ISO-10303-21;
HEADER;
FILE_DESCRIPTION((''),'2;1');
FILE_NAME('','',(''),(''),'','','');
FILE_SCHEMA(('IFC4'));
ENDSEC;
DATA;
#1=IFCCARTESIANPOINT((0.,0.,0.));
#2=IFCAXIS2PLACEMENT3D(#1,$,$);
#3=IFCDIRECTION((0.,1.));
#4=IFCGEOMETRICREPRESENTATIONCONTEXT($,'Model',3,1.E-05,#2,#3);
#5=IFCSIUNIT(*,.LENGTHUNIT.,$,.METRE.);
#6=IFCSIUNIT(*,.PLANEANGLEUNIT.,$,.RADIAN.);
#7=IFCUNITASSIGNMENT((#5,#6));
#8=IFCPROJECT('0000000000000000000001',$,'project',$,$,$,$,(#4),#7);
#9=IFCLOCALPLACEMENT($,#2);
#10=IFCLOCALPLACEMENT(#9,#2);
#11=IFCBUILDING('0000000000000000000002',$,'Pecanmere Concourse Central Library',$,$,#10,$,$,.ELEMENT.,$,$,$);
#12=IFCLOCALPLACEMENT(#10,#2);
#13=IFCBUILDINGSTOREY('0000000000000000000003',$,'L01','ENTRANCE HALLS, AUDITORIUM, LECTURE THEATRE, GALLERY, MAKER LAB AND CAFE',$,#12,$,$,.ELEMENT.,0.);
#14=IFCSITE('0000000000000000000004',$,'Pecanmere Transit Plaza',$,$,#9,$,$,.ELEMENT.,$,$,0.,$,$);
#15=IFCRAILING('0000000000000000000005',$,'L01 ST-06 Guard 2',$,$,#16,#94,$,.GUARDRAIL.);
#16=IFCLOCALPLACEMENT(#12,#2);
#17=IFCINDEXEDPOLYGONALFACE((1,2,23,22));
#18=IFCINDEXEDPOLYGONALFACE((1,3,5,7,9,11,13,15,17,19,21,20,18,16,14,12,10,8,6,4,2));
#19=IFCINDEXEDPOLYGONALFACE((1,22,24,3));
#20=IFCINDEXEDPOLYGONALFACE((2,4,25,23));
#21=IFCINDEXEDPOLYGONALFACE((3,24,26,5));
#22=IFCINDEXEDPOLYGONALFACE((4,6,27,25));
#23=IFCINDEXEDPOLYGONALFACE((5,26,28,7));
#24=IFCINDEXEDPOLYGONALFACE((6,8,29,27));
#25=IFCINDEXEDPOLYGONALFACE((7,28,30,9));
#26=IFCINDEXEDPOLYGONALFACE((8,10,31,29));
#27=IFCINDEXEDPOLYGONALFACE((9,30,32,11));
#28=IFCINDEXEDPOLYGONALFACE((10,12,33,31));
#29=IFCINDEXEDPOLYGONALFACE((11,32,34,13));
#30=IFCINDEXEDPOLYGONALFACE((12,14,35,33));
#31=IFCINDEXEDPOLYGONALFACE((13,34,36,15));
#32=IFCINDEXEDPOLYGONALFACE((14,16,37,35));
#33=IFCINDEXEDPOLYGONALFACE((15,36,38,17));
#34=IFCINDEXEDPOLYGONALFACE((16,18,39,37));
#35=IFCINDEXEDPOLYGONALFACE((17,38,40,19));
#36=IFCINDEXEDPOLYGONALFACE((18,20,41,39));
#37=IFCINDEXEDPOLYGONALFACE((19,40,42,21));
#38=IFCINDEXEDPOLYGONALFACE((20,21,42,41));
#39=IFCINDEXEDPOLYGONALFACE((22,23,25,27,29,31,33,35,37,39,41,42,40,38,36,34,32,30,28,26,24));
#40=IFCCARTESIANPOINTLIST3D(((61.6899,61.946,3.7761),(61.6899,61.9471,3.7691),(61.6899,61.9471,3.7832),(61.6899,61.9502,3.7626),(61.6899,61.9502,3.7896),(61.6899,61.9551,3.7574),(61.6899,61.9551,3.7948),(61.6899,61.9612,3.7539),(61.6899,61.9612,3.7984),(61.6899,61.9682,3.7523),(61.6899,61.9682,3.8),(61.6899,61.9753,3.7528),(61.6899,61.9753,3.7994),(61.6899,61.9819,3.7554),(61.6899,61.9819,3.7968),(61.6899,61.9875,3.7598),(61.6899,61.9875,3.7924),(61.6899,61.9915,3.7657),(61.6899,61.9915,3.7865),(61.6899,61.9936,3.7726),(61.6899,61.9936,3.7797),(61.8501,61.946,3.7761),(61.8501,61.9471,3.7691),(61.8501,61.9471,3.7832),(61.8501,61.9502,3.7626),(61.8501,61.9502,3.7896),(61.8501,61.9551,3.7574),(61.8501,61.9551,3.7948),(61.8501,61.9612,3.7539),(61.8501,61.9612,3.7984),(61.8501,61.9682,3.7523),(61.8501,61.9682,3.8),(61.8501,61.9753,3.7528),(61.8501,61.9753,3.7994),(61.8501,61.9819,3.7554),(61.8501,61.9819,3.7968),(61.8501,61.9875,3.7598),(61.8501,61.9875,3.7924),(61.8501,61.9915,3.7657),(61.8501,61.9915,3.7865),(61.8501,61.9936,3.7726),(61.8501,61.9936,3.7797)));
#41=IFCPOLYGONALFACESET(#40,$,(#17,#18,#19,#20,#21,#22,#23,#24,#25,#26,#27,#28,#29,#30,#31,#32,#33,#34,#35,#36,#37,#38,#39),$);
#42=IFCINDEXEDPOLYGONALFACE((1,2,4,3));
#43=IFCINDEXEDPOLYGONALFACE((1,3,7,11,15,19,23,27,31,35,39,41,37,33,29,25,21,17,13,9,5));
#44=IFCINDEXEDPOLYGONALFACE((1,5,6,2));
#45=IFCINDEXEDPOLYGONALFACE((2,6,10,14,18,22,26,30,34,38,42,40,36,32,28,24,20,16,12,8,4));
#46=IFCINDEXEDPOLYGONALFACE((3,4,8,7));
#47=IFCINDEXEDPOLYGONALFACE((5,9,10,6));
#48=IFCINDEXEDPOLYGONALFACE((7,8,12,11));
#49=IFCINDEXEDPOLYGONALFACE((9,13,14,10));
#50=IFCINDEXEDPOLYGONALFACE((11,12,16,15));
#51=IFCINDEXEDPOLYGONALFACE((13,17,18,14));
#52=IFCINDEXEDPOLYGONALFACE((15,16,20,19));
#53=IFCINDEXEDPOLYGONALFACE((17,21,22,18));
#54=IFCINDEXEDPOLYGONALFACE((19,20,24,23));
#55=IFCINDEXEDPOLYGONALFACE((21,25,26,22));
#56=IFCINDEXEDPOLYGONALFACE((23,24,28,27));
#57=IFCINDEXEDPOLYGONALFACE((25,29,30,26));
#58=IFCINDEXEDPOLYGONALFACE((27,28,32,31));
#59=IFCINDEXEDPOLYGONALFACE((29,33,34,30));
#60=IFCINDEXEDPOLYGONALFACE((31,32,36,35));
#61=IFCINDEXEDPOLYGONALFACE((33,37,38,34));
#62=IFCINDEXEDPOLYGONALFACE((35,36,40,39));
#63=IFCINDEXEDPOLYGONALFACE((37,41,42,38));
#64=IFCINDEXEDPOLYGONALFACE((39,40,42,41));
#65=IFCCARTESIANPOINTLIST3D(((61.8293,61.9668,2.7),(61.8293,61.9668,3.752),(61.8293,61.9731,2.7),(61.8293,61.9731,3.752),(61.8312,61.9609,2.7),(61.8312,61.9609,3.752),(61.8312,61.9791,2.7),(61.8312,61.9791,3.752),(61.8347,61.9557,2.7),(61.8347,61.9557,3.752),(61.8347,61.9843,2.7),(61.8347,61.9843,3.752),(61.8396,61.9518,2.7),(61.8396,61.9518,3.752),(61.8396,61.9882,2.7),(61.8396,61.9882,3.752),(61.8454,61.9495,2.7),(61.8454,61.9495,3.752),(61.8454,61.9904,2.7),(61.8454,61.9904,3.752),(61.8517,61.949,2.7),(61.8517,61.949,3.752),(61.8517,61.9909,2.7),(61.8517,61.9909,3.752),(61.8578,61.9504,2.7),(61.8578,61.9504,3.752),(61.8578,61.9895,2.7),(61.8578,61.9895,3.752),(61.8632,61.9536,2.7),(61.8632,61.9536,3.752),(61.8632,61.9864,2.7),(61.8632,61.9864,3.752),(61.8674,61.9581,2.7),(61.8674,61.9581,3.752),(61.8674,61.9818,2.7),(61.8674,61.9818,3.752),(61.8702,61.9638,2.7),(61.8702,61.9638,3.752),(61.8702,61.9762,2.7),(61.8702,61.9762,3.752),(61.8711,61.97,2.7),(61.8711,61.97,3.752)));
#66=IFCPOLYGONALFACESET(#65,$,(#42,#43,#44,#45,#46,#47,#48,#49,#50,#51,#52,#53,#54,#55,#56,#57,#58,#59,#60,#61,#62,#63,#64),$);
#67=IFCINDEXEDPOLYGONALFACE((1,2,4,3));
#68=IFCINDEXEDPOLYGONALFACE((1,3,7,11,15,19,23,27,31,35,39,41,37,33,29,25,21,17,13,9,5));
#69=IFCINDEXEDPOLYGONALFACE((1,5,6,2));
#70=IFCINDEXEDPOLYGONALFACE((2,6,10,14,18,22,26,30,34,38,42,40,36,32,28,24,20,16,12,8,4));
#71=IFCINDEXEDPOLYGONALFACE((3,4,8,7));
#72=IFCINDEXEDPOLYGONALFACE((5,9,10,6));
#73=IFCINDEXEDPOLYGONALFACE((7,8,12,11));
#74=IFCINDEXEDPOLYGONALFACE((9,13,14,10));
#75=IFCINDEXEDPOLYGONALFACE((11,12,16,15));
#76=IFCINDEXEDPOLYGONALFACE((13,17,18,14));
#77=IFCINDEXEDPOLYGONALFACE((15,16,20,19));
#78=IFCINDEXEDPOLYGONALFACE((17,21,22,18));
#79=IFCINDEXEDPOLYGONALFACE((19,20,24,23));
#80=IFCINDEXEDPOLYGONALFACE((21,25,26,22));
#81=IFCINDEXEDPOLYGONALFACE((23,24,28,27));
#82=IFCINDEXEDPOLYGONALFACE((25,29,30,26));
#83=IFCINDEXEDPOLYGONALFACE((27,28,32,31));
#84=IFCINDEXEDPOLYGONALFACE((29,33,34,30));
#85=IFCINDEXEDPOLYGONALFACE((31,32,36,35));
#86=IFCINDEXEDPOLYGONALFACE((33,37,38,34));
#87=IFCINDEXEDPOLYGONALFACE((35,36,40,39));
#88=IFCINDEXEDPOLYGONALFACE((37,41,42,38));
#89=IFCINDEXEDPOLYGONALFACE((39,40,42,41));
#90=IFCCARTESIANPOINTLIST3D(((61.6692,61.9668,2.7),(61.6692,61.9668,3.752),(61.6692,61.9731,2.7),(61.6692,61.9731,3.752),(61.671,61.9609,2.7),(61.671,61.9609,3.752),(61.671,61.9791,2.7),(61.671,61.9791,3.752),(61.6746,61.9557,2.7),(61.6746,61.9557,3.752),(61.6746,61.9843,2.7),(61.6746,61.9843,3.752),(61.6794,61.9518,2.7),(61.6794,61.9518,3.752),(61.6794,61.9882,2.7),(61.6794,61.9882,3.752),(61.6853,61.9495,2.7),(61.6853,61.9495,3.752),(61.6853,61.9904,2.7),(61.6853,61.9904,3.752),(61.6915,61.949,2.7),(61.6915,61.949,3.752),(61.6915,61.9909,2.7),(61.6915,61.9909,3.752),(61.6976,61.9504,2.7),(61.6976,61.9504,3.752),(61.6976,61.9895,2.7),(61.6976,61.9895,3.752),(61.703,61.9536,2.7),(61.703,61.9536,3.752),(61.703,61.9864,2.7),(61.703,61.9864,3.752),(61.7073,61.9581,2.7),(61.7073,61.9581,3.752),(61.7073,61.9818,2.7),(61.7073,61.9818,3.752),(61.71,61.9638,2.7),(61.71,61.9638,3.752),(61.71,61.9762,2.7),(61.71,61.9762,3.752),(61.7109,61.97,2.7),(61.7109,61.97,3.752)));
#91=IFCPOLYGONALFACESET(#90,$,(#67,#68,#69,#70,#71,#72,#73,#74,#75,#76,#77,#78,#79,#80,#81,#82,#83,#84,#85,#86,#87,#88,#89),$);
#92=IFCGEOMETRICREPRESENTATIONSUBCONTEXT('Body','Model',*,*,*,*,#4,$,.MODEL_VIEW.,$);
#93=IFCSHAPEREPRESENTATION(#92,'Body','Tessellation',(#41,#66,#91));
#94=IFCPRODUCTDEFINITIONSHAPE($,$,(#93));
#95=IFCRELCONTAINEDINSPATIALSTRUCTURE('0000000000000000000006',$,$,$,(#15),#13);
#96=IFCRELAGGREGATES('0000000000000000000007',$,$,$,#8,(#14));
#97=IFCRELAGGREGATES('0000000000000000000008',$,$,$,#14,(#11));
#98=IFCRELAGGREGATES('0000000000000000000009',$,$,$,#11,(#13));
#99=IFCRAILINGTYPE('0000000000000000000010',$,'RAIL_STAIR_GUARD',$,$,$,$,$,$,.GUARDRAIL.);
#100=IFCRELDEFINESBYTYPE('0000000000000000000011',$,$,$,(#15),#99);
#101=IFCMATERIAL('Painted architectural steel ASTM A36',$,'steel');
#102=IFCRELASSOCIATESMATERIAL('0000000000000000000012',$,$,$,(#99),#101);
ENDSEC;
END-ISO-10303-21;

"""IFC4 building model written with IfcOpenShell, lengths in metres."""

from ifc_helpers import new_model, si_unit, direction, frame, origin, origin_2d, place, context, subcontext, project, spatial, circle, extrude, material, type_object, element, save


model = new_model("IFC4")

# Units and contexts
model_context = context("Model", 3, precision=1e-05, world=origin(), true_north=direction((0.0, 1.0)))
body_context = subcontext(model_context, "Body", "Model", "MODEL_VIEW")
ifc_project = project(units=[si_unit("LENGTHUNIT", "METRE"), si_unit("PLANEANGLEUNIT", "RADIAN")], contexts=[model_context])

# Site, building, storey
site_placement = place(None, origin())
site = spatial("IfcSite", under=ifc_project, at=site_placement, Name="Pecanmere Transit Plaza", CompositionType="ELEMENT", RefElevation=0.0)
building_placement = place(site_placement, origin())
building = spatial("IfcBuilding", under=site, at=building_placement, Name="Pecanmere Concourse Central Library", CompositionType="ELEMENT")
storey_placement = place(building_placement, origin())
storey = spatial("IfcBuildingStorey", under=building, at=storey_placement, Name="L01", Description="ENTRANCE HALLS, AUDITORIUM, LECTURE THEATRE, GALLERY, MAKER LAB AND CAFE", CompositionType="ELEMENT", Elevation=0.0)

# Railing
ifc_material_1 = material(Name="Painted architectural steel ASTM A36", Category="steel")
railing_type_1 = type_object("IfcRailingType", Name="RAIL_STAIR_GUARD", PredefinedType="GUARDRAIL", material=ifc_material_1)
railing_1_placement = place(storey_placement, frame((61.8501, 61.97, 2.7)))
element("IfcRailing", 1, at=railing_1_placement, inside=storey, type_object=railing_type_1, Name="L01 ST-06 Guard 2", PredefinedType="GUARDRAIL", context=body_context, shape_type="SweptSolid", body=[
    extrude(circle(Radius=0.0239, at=origin_2d()), frame((0.0, 0.0, 1.0762), z_axis=(-1.0, 0.0, 0.0), x_axis=(0.0, -1.0, 0.0)), (0.0, 0.0, 1.0), 0.1602),
    extrude(circle(Radius=0.021, at=origin_2d()), origin(), (0.0, 0.0, 1.0), 1.052),
    extrude(circle(Radius=0.021, at=origin_2d()), frame((-0.1602, 0.0, 0.0)), (0.0, 0.0, 1.0), 1.052),
])

save(model, "model.ifc")
